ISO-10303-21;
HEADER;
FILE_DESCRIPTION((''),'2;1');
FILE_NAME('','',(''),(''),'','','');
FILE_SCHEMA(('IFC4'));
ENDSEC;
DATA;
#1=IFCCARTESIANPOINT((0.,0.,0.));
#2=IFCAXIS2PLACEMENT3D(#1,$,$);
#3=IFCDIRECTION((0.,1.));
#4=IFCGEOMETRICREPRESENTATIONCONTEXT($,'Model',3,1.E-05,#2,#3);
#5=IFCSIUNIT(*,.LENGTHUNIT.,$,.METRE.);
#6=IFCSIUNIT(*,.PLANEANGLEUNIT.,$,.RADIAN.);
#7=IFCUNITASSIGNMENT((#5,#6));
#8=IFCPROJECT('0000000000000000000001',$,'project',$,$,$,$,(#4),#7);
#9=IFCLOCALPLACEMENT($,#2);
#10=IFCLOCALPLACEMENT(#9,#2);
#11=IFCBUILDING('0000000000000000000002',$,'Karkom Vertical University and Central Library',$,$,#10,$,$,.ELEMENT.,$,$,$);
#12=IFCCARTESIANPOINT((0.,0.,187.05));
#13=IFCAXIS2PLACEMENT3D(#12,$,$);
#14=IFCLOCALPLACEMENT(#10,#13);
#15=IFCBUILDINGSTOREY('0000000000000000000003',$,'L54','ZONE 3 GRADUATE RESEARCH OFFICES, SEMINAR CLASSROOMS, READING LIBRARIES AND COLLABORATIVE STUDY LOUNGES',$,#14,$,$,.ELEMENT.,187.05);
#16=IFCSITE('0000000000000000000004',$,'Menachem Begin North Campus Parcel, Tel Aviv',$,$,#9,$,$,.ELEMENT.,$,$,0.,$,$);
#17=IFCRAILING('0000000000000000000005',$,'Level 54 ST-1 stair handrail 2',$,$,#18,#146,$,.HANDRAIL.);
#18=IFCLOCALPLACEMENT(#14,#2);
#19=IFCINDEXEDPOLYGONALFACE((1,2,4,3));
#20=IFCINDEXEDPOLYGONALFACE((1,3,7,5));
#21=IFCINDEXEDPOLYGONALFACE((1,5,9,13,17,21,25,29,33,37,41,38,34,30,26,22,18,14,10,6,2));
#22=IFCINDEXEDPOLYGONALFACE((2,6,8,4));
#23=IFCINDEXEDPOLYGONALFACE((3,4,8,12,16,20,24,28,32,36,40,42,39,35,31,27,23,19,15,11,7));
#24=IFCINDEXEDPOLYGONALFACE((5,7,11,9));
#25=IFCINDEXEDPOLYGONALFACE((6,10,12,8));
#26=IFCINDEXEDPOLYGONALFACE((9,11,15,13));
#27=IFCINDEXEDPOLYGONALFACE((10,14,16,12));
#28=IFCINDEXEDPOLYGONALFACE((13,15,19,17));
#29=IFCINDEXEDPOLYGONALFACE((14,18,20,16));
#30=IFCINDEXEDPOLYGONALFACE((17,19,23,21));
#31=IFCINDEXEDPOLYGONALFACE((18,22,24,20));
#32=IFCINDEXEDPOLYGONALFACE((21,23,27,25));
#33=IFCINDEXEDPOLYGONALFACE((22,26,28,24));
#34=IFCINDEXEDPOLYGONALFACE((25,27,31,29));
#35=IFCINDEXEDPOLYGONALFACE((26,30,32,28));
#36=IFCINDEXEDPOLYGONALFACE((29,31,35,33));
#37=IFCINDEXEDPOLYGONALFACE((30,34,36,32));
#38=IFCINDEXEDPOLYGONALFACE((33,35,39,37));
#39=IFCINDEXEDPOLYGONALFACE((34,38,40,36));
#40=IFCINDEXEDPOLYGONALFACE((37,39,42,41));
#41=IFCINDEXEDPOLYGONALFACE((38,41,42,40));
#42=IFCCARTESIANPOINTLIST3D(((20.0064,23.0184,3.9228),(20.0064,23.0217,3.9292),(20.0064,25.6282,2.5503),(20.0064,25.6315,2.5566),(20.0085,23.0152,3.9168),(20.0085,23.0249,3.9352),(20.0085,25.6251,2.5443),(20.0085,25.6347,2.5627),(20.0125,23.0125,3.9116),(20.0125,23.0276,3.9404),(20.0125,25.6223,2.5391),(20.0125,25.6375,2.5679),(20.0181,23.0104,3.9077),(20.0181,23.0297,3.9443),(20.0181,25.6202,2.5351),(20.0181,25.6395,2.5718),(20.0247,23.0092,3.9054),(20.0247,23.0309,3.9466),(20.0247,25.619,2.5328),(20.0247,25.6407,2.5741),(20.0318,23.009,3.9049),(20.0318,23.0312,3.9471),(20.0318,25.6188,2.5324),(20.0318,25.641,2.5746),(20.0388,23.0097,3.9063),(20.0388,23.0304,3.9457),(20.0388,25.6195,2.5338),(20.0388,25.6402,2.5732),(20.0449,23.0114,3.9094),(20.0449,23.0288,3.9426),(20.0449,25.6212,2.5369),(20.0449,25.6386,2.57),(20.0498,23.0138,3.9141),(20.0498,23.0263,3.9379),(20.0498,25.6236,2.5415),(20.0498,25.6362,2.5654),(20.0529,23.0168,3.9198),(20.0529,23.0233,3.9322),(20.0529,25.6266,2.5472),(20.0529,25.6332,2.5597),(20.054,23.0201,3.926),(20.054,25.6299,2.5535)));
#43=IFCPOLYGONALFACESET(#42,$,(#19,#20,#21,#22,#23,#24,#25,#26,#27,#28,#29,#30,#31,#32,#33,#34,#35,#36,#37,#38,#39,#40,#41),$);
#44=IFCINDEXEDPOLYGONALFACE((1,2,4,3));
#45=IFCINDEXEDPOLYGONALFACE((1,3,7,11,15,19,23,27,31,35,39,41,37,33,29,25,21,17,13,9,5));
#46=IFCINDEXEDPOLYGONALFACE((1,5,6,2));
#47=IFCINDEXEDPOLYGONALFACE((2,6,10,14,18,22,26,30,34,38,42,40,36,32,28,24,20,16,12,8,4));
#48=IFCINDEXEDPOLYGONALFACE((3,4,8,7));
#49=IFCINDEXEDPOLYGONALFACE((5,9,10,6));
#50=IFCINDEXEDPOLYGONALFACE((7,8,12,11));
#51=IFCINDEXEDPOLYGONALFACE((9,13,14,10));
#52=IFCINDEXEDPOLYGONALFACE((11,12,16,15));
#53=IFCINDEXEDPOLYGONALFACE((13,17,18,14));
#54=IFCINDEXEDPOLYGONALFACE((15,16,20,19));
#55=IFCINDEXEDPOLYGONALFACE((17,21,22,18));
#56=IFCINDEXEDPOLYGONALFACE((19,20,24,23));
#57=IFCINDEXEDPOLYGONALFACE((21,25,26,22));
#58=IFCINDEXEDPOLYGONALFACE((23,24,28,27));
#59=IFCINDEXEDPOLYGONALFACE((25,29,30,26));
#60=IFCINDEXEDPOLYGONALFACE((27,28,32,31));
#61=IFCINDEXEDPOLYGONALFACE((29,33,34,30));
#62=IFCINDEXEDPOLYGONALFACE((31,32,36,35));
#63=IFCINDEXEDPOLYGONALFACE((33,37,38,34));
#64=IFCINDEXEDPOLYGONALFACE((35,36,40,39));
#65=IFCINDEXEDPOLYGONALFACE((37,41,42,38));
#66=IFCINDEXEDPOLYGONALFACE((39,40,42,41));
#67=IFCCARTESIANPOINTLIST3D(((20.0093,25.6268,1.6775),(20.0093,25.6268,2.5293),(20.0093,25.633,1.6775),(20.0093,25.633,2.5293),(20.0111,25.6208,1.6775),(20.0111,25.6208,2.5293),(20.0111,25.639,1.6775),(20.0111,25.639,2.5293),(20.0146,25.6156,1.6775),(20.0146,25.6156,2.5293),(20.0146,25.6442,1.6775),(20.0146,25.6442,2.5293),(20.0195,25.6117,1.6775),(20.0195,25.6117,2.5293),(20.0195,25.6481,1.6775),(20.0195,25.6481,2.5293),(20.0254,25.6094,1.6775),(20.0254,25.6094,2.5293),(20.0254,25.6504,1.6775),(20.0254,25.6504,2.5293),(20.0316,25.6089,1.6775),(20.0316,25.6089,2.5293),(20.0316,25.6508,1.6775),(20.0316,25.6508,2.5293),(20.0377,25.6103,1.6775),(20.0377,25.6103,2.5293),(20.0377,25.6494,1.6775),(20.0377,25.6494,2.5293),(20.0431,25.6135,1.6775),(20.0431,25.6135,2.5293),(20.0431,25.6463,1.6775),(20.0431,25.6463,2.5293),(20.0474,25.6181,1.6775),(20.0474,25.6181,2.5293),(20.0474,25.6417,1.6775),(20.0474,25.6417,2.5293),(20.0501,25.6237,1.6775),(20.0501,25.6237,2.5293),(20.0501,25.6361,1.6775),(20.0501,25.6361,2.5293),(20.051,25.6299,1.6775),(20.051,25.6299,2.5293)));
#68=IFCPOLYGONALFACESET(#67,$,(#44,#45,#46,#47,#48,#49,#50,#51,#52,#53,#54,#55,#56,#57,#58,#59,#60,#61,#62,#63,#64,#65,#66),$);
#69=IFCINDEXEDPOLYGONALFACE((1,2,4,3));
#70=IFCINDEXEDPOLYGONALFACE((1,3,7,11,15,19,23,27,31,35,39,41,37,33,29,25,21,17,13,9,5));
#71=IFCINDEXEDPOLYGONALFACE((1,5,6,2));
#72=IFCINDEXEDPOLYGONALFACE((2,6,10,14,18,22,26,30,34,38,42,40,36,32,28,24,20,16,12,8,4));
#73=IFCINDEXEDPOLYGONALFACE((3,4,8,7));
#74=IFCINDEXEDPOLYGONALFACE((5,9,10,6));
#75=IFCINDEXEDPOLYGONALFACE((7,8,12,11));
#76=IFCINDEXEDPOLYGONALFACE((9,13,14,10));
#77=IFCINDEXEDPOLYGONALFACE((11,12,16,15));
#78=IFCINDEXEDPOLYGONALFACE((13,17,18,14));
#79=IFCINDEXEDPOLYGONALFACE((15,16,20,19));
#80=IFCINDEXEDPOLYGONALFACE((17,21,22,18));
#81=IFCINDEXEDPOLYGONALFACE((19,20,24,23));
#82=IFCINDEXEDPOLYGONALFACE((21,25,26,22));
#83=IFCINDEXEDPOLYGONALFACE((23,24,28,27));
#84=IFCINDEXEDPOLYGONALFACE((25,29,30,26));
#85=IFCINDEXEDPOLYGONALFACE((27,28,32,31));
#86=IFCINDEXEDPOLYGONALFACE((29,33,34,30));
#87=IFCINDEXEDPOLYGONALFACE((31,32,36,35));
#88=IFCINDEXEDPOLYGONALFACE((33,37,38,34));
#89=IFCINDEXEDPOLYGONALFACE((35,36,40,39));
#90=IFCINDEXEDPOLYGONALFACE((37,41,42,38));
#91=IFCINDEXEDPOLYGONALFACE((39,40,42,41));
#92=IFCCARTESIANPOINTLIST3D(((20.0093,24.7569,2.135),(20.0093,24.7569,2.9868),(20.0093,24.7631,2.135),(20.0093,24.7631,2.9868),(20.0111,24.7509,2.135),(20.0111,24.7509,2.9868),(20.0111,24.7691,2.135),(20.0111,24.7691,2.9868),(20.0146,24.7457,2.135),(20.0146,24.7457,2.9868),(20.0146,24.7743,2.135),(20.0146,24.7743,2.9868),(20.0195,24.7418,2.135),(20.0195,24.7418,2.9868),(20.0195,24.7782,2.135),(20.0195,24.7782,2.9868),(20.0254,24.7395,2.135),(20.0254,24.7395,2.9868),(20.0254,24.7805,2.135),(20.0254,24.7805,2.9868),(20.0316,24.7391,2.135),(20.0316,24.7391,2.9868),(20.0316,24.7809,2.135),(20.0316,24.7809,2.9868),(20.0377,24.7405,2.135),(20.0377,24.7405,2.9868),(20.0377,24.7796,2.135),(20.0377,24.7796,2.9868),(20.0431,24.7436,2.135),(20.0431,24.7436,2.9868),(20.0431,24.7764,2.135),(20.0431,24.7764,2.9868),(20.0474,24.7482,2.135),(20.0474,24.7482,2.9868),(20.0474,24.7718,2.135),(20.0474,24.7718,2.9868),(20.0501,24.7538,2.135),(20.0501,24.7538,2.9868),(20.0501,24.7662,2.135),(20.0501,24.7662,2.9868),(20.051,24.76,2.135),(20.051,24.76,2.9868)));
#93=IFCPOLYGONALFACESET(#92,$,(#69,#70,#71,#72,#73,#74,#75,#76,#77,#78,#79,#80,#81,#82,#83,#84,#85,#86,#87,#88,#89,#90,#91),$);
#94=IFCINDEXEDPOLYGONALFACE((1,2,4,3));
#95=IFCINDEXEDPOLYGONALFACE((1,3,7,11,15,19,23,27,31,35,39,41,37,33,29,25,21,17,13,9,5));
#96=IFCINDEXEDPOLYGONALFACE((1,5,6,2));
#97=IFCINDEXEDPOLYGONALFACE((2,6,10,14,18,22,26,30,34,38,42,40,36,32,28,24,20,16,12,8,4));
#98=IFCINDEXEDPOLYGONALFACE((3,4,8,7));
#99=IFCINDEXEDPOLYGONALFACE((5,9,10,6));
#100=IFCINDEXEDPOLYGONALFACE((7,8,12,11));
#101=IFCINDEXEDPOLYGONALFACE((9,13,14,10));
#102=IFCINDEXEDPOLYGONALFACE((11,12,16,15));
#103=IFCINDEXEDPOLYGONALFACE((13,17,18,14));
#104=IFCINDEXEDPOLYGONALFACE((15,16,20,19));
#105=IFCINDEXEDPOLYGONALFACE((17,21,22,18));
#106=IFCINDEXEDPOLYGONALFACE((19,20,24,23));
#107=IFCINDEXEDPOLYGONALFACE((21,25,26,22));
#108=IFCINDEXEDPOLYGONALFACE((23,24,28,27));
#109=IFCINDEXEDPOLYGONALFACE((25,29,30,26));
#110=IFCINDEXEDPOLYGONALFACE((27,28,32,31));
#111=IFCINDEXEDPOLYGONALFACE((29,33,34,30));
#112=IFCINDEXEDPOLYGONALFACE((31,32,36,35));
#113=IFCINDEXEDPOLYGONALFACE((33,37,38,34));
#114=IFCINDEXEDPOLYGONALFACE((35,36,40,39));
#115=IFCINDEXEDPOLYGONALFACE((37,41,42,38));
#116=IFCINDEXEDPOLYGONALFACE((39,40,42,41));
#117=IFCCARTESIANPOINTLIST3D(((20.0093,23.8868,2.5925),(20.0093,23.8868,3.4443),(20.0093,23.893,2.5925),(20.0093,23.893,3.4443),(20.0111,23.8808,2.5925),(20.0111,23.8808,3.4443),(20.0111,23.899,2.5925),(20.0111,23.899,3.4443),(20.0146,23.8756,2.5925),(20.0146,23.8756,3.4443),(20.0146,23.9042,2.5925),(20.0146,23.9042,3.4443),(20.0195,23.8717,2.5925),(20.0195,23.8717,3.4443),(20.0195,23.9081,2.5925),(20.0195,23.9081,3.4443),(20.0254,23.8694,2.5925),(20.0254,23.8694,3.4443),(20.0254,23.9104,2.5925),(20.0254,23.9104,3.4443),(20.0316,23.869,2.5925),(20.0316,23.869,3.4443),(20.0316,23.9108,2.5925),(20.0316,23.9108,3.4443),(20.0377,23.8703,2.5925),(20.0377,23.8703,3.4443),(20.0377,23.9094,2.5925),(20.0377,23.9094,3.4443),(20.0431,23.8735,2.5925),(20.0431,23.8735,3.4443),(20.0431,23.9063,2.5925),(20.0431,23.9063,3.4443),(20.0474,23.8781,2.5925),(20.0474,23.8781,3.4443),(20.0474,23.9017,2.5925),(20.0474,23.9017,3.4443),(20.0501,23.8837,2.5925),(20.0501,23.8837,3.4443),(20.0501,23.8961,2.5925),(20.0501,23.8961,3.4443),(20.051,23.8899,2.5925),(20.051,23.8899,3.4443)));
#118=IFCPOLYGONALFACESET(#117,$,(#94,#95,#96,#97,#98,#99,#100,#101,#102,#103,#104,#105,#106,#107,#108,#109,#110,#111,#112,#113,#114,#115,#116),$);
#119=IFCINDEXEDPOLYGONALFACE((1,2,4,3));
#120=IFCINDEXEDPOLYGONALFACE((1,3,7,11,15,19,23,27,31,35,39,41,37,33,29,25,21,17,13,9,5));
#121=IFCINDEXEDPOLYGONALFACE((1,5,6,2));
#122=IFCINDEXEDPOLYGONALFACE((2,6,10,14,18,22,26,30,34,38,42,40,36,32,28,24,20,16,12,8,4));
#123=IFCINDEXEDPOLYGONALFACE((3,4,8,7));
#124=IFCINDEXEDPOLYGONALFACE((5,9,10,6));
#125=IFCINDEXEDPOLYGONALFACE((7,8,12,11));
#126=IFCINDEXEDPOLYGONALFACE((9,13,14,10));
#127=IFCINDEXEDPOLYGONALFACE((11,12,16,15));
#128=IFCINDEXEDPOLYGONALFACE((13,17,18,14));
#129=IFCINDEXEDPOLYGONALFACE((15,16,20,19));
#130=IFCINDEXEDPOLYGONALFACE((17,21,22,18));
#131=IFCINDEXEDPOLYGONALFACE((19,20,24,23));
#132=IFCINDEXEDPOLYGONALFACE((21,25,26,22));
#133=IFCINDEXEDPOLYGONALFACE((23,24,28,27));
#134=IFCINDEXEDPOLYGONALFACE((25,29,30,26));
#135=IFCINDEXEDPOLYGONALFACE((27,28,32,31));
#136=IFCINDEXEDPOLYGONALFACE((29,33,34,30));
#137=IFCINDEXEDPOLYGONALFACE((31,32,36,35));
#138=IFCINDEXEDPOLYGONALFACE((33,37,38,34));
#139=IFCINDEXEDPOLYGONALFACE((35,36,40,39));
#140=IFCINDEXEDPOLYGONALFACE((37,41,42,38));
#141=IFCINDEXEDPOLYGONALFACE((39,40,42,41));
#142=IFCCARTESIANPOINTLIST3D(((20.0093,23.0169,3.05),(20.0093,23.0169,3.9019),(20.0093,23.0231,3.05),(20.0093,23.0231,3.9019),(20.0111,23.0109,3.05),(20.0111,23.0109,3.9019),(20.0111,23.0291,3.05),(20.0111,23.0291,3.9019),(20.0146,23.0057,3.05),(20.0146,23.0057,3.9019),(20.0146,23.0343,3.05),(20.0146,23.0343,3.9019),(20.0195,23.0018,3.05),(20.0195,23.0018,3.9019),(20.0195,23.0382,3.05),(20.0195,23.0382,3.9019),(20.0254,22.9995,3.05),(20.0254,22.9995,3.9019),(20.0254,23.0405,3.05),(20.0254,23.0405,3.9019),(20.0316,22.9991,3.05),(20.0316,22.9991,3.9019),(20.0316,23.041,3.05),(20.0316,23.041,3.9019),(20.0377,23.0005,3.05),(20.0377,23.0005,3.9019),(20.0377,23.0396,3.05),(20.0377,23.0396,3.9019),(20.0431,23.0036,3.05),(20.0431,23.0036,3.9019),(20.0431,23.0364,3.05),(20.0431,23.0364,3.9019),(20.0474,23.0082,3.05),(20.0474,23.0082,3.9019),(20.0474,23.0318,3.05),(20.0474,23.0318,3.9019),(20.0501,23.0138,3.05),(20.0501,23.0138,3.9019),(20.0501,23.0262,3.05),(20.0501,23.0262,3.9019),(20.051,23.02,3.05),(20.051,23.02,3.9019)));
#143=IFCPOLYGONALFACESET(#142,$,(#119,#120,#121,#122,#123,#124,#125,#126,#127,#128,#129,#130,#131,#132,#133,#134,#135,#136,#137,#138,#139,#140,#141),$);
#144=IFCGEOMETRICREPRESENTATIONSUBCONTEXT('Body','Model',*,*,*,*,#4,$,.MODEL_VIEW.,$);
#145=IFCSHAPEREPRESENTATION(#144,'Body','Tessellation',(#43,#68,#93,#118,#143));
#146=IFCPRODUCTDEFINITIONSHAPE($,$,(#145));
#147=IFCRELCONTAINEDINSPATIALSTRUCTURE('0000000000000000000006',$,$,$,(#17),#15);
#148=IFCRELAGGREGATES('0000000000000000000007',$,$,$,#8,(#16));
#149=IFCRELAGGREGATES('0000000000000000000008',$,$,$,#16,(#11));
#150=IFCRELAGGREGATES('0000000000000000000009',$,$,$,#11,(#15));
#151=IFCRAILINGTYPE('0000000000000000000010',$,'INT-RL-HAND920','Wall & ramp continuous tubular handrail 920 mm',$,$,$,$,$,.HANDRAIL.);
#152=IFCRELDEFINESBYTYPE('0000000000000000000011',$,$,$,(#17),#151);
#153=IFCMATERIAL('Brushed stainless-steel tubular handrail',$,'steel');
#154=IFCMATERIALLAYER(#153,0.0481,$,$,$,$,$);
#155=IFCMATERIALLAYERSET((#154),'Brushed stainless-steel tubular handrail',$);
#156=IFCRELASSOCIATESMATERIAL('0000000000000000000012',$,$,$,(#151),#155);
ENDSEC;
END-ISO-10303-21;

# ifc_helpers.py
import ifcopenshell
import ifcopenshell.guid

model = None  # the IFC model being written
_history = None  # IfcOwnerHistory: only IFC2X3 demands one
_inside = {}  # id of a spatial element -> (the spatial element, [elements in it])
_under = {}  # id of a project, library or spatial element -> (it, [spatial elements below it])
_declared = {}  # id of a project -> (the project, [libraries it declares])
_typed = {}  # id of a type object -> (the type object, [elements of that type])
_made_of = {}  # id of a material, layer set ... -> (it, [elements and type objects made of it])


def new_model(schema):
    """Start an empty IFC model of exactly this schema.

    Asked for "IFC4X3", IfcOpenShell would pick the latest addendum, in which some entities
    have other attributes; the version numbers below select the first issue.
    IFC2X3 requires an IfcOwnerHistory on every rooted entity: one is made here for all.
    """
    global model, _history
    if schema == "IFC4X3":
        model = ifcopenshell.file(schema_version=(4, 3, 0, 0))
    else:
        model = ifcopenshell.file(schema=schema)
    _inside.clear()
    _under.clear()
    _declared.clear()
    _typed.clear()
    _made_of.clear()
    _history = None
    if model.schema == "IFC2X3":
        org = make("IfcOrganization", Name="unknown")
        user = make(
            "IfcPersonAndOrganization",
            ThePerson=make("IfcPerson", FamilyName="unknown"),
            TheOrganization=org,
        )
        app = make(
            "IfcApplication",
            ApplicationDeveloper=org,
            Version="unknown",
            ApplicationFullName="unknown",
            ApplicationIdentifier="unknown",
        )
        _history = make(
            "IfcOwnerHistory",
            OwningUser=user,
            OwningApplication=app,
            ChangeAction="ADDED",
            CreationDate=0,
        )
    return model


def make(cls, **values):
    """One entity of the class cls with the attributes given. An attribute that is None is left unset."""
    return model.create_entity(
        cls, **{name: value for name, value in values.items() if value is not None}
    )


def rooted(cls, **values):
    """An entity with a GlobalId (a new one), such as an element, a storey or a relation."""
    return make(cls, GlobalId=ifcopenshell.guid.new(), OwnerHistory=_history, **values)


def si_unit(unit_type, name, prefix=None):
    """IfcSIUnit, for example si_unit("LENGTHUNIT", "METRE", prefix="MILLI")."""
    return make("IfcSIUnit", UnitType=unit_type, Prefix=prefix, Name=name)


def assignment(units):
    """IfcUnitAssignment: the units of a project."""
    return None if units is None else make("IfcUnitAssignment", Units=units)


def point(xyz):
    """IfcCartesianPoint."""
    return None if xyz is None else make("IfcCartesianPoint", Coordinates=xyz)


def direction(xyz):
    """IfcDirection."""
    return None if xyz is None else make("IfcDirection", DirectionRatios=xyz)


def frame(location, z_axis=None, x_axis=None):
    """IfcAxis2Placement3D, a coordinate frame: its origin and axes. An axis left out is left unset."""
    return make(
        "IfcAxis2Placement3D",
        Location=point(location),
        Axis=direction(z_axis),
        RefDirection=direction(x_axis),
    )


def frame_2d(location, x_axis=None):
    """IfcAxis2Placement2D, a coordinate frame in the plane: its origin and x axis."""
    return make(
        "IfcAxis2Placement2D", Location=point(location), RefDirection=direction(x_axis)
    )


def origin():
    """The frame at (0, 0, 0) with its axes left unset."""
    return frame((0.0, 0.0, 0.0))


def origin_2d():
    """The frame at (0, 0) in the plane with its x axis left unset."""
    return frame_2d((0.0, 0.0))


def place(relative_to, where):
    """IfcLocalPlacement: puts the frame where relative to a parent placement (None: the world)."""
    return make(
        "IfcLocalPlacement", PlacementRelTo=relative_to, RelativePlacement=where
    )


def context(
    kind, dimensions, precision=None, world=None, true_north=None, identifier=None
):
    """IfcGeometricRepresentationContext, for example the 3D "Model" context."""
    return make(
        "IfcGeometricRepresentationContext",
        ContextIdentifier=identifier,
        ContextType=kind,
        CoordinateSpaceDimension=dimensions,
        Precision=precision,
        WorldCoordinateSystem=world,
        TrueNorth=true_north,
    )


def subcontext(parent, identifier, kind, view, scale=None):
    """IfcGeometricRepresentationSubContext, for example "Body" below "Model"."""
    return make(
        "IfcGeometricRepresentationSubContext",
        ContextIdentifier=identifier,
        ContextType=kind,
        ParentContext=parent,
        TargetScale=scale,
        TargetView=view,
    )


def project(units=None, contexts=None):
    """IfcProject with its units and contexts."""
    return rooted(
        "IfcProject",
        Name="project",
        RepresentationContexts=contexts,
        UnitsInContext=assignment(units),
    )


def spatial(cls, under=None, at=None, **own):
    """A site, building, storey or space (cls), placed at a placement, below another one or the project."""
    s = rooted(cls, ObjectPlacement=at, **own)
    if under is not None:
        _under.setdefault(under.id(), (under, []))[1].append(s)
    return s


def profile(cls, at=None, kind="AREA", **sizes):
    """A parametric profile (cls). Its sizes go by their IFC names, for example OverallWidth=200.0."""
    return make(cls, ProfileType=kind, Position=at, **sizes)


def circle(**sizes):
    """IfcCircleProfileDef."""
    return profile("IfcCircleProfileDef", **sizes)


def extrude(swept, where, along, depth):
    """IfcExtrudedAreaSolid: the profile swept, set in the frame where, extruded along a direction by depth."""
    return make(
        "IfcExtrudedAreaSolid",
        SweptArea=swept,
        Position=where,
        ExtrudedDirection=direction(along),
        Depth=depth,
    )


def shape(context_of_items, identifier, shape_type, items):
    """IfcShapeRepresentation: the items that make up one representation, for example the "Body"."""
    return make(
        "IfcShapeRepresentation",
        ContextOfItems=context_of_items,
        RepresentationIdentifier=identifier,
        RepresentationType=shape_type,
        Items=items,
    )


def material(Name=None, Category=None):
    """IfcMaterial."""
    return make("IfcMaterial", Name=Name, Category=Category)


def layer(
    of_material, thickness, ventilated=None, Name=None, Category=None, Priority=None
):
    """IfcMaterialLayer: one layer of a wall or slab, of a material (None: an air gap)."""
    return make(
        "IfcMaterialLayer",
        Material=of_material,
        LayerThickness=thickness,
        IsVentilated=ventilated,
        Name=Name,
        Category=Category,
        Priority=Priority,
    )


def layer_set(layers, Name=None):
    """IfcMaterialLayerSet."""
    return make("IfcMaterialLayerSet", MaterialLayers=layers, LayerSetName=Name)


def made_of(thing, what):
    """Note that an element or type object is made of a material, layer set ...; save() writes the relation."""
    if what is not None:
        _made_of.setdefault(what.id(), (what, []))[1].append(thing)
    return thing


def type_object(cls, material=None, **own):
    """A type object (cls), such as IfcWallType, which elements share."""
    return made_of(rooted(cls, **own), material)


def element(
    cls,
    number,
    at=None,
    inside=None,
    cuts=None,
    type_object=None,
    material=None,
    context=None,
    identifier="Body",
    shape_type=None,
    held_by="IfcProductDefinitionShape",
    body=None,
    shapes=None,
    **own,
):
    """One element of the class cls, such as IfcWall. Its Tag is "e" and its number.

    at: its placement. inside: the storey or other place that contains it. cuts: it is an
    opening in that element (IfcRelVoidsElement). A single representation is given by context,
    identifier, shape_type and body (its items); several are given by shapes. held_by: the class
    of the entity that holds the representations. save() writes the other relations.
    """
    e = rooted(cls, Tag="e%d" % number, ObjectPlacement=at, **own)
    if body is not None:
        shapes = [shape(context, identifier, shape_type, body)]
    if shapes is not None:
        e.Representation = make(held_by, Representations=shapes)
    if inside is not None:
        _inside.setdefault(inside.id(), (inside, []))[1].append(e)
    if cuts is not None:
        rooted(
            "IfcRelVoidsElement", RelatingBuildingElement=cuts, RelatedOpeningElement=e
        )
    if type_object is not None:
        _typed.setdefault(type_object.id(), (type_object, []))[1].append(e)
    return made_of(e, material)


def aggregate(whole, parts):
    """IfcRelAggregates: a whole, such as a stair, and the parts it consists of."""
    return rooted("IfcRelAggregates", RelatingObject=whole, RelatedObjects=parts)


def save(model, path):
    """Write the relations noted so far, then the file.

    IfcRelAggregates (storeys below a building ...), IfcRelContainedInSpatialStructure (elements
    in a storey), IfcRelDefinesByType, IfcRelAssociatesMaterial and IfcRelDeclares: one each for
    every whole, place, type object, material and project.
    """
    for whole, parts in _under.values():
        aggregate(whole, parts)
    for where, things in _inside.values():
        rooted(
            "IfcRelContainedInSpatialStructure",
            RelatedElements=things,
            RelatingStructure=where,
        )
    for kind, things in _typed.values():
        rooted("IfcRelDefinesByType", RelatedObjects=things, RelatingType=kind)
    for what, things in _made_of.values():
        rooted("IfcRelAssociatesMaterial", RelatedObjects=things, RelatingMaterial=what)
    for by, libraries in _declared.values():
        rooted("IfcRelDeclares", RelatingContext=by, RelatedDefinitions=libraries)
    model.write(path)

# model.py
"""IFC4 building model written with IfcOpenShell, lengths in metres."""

from ifc_helpers import new_model, si_unit, direction, frame, origin, origin_2d, place, context, subcontext, project, spatial, circle, extrude, material, layer, layer_set, type_object, element, save


model = new_model("IFC4")

# Units and contexts
model_context = context("Model", 3, precision=1e-05, world=origin(), true_north=direction((0.0, 1.0)))
body_context = subcontext(model_context, "Body", "Model", "MODEL_VIEW")
ifc_project = project(units=[si_unit("LENGTHUNIT", "METRE"), si_unit("PLANEANGLEUNIT", "RADIAN")], contexts=[model_context])

# Site, building, storey
site_placement = place(None, origin())
site = spatial("IfcSite", under=ifc_project, at=site_placement, Name="Menachem Begin North Campus Parcel, Tel Aviv", CompositionType="ELEMENT", RefElevation=0.0)
building_placement = place(site_placement, origin())
building = spatial("IfcBuilding", under=site, at=building_placement, Name="Karkom Vertical University and Central Library", CompositionType="ELEMENT")
storey_placement = place(building_placement, frame((0.0, 0.0, 187.05)))
storey = spatial("IfcBuildingStorey", under=building, at=storey_placement, Name="L54", Description="ZONE 3 GRADUATE RESEARCH OFFICES, SEMINAR CLASSROOMS, READING LIBRARIES AND COLLABORATIVE STUDY LOUNGES", CompositionType="ELEMENT", Elevation=187.05)

# Railing
ifc_material_1 = material(Name="Brushed stainless-steel tubular handrail", Category="steel")
ifc_layer_1 = layer(ifc_material_1, 0.0481)
ifc_layer_set_1 = layer_set([ifc_layer_1], Name="Brushed stainless-steel tubular handrail")
railing_type_1 = type_object("IfcRailingType", Name="INT-RL-HAND920", Description="Wall & ramp continuous tubular handrail 920 mm", PredefinedType="HANDRAIL", material=ifc_layer_set_1)
railing_1_placement = place(storey_placement, frame((20.03, 25.6299, 1.6775)))
element("IfcRailing", 1, at=railing_1_placement, inside=storey, type_object=railing_type_1, Name="Level 54 ST-1 stair handrail 2", PredefinedType="HANDRAIL", context=body_context, shape_type="SweptSolid", body=[
    extrude(circle(Radius=0.0239, at=origin_2d()), frame((0.0, 0.0, 0.876), z_axis=(0.0, -0.885065, 0.465467), x_axis=(1.0, 0.0, 0.0)), (0.0, 0.0, 1.0), 2.9487),
    extrude(circle(Radius=0.021, at=origin_2d()), origin(), (0.0, 0.0, 1.0), 0.8518),
    extrude(circle(Radius=0.021, at=origin_2d()), frame((0.0, -0.8699, 0.4575)), (0.0, 0.0, 1.0), 0.8518),
    extrude(circle(Radius=0.021, at=origin_2d()), frame((0.0, -1.74, 0.915)), (0.0, 0.0, 1.0), 0.8518),
    extrude(circle(Radius=0.021, at=origin_2d()), frame((0.0, -2.6099, 1.3726)), (0.0, 0.0, 1.0), 0.8518),
])

save(model, "model.ifc")
